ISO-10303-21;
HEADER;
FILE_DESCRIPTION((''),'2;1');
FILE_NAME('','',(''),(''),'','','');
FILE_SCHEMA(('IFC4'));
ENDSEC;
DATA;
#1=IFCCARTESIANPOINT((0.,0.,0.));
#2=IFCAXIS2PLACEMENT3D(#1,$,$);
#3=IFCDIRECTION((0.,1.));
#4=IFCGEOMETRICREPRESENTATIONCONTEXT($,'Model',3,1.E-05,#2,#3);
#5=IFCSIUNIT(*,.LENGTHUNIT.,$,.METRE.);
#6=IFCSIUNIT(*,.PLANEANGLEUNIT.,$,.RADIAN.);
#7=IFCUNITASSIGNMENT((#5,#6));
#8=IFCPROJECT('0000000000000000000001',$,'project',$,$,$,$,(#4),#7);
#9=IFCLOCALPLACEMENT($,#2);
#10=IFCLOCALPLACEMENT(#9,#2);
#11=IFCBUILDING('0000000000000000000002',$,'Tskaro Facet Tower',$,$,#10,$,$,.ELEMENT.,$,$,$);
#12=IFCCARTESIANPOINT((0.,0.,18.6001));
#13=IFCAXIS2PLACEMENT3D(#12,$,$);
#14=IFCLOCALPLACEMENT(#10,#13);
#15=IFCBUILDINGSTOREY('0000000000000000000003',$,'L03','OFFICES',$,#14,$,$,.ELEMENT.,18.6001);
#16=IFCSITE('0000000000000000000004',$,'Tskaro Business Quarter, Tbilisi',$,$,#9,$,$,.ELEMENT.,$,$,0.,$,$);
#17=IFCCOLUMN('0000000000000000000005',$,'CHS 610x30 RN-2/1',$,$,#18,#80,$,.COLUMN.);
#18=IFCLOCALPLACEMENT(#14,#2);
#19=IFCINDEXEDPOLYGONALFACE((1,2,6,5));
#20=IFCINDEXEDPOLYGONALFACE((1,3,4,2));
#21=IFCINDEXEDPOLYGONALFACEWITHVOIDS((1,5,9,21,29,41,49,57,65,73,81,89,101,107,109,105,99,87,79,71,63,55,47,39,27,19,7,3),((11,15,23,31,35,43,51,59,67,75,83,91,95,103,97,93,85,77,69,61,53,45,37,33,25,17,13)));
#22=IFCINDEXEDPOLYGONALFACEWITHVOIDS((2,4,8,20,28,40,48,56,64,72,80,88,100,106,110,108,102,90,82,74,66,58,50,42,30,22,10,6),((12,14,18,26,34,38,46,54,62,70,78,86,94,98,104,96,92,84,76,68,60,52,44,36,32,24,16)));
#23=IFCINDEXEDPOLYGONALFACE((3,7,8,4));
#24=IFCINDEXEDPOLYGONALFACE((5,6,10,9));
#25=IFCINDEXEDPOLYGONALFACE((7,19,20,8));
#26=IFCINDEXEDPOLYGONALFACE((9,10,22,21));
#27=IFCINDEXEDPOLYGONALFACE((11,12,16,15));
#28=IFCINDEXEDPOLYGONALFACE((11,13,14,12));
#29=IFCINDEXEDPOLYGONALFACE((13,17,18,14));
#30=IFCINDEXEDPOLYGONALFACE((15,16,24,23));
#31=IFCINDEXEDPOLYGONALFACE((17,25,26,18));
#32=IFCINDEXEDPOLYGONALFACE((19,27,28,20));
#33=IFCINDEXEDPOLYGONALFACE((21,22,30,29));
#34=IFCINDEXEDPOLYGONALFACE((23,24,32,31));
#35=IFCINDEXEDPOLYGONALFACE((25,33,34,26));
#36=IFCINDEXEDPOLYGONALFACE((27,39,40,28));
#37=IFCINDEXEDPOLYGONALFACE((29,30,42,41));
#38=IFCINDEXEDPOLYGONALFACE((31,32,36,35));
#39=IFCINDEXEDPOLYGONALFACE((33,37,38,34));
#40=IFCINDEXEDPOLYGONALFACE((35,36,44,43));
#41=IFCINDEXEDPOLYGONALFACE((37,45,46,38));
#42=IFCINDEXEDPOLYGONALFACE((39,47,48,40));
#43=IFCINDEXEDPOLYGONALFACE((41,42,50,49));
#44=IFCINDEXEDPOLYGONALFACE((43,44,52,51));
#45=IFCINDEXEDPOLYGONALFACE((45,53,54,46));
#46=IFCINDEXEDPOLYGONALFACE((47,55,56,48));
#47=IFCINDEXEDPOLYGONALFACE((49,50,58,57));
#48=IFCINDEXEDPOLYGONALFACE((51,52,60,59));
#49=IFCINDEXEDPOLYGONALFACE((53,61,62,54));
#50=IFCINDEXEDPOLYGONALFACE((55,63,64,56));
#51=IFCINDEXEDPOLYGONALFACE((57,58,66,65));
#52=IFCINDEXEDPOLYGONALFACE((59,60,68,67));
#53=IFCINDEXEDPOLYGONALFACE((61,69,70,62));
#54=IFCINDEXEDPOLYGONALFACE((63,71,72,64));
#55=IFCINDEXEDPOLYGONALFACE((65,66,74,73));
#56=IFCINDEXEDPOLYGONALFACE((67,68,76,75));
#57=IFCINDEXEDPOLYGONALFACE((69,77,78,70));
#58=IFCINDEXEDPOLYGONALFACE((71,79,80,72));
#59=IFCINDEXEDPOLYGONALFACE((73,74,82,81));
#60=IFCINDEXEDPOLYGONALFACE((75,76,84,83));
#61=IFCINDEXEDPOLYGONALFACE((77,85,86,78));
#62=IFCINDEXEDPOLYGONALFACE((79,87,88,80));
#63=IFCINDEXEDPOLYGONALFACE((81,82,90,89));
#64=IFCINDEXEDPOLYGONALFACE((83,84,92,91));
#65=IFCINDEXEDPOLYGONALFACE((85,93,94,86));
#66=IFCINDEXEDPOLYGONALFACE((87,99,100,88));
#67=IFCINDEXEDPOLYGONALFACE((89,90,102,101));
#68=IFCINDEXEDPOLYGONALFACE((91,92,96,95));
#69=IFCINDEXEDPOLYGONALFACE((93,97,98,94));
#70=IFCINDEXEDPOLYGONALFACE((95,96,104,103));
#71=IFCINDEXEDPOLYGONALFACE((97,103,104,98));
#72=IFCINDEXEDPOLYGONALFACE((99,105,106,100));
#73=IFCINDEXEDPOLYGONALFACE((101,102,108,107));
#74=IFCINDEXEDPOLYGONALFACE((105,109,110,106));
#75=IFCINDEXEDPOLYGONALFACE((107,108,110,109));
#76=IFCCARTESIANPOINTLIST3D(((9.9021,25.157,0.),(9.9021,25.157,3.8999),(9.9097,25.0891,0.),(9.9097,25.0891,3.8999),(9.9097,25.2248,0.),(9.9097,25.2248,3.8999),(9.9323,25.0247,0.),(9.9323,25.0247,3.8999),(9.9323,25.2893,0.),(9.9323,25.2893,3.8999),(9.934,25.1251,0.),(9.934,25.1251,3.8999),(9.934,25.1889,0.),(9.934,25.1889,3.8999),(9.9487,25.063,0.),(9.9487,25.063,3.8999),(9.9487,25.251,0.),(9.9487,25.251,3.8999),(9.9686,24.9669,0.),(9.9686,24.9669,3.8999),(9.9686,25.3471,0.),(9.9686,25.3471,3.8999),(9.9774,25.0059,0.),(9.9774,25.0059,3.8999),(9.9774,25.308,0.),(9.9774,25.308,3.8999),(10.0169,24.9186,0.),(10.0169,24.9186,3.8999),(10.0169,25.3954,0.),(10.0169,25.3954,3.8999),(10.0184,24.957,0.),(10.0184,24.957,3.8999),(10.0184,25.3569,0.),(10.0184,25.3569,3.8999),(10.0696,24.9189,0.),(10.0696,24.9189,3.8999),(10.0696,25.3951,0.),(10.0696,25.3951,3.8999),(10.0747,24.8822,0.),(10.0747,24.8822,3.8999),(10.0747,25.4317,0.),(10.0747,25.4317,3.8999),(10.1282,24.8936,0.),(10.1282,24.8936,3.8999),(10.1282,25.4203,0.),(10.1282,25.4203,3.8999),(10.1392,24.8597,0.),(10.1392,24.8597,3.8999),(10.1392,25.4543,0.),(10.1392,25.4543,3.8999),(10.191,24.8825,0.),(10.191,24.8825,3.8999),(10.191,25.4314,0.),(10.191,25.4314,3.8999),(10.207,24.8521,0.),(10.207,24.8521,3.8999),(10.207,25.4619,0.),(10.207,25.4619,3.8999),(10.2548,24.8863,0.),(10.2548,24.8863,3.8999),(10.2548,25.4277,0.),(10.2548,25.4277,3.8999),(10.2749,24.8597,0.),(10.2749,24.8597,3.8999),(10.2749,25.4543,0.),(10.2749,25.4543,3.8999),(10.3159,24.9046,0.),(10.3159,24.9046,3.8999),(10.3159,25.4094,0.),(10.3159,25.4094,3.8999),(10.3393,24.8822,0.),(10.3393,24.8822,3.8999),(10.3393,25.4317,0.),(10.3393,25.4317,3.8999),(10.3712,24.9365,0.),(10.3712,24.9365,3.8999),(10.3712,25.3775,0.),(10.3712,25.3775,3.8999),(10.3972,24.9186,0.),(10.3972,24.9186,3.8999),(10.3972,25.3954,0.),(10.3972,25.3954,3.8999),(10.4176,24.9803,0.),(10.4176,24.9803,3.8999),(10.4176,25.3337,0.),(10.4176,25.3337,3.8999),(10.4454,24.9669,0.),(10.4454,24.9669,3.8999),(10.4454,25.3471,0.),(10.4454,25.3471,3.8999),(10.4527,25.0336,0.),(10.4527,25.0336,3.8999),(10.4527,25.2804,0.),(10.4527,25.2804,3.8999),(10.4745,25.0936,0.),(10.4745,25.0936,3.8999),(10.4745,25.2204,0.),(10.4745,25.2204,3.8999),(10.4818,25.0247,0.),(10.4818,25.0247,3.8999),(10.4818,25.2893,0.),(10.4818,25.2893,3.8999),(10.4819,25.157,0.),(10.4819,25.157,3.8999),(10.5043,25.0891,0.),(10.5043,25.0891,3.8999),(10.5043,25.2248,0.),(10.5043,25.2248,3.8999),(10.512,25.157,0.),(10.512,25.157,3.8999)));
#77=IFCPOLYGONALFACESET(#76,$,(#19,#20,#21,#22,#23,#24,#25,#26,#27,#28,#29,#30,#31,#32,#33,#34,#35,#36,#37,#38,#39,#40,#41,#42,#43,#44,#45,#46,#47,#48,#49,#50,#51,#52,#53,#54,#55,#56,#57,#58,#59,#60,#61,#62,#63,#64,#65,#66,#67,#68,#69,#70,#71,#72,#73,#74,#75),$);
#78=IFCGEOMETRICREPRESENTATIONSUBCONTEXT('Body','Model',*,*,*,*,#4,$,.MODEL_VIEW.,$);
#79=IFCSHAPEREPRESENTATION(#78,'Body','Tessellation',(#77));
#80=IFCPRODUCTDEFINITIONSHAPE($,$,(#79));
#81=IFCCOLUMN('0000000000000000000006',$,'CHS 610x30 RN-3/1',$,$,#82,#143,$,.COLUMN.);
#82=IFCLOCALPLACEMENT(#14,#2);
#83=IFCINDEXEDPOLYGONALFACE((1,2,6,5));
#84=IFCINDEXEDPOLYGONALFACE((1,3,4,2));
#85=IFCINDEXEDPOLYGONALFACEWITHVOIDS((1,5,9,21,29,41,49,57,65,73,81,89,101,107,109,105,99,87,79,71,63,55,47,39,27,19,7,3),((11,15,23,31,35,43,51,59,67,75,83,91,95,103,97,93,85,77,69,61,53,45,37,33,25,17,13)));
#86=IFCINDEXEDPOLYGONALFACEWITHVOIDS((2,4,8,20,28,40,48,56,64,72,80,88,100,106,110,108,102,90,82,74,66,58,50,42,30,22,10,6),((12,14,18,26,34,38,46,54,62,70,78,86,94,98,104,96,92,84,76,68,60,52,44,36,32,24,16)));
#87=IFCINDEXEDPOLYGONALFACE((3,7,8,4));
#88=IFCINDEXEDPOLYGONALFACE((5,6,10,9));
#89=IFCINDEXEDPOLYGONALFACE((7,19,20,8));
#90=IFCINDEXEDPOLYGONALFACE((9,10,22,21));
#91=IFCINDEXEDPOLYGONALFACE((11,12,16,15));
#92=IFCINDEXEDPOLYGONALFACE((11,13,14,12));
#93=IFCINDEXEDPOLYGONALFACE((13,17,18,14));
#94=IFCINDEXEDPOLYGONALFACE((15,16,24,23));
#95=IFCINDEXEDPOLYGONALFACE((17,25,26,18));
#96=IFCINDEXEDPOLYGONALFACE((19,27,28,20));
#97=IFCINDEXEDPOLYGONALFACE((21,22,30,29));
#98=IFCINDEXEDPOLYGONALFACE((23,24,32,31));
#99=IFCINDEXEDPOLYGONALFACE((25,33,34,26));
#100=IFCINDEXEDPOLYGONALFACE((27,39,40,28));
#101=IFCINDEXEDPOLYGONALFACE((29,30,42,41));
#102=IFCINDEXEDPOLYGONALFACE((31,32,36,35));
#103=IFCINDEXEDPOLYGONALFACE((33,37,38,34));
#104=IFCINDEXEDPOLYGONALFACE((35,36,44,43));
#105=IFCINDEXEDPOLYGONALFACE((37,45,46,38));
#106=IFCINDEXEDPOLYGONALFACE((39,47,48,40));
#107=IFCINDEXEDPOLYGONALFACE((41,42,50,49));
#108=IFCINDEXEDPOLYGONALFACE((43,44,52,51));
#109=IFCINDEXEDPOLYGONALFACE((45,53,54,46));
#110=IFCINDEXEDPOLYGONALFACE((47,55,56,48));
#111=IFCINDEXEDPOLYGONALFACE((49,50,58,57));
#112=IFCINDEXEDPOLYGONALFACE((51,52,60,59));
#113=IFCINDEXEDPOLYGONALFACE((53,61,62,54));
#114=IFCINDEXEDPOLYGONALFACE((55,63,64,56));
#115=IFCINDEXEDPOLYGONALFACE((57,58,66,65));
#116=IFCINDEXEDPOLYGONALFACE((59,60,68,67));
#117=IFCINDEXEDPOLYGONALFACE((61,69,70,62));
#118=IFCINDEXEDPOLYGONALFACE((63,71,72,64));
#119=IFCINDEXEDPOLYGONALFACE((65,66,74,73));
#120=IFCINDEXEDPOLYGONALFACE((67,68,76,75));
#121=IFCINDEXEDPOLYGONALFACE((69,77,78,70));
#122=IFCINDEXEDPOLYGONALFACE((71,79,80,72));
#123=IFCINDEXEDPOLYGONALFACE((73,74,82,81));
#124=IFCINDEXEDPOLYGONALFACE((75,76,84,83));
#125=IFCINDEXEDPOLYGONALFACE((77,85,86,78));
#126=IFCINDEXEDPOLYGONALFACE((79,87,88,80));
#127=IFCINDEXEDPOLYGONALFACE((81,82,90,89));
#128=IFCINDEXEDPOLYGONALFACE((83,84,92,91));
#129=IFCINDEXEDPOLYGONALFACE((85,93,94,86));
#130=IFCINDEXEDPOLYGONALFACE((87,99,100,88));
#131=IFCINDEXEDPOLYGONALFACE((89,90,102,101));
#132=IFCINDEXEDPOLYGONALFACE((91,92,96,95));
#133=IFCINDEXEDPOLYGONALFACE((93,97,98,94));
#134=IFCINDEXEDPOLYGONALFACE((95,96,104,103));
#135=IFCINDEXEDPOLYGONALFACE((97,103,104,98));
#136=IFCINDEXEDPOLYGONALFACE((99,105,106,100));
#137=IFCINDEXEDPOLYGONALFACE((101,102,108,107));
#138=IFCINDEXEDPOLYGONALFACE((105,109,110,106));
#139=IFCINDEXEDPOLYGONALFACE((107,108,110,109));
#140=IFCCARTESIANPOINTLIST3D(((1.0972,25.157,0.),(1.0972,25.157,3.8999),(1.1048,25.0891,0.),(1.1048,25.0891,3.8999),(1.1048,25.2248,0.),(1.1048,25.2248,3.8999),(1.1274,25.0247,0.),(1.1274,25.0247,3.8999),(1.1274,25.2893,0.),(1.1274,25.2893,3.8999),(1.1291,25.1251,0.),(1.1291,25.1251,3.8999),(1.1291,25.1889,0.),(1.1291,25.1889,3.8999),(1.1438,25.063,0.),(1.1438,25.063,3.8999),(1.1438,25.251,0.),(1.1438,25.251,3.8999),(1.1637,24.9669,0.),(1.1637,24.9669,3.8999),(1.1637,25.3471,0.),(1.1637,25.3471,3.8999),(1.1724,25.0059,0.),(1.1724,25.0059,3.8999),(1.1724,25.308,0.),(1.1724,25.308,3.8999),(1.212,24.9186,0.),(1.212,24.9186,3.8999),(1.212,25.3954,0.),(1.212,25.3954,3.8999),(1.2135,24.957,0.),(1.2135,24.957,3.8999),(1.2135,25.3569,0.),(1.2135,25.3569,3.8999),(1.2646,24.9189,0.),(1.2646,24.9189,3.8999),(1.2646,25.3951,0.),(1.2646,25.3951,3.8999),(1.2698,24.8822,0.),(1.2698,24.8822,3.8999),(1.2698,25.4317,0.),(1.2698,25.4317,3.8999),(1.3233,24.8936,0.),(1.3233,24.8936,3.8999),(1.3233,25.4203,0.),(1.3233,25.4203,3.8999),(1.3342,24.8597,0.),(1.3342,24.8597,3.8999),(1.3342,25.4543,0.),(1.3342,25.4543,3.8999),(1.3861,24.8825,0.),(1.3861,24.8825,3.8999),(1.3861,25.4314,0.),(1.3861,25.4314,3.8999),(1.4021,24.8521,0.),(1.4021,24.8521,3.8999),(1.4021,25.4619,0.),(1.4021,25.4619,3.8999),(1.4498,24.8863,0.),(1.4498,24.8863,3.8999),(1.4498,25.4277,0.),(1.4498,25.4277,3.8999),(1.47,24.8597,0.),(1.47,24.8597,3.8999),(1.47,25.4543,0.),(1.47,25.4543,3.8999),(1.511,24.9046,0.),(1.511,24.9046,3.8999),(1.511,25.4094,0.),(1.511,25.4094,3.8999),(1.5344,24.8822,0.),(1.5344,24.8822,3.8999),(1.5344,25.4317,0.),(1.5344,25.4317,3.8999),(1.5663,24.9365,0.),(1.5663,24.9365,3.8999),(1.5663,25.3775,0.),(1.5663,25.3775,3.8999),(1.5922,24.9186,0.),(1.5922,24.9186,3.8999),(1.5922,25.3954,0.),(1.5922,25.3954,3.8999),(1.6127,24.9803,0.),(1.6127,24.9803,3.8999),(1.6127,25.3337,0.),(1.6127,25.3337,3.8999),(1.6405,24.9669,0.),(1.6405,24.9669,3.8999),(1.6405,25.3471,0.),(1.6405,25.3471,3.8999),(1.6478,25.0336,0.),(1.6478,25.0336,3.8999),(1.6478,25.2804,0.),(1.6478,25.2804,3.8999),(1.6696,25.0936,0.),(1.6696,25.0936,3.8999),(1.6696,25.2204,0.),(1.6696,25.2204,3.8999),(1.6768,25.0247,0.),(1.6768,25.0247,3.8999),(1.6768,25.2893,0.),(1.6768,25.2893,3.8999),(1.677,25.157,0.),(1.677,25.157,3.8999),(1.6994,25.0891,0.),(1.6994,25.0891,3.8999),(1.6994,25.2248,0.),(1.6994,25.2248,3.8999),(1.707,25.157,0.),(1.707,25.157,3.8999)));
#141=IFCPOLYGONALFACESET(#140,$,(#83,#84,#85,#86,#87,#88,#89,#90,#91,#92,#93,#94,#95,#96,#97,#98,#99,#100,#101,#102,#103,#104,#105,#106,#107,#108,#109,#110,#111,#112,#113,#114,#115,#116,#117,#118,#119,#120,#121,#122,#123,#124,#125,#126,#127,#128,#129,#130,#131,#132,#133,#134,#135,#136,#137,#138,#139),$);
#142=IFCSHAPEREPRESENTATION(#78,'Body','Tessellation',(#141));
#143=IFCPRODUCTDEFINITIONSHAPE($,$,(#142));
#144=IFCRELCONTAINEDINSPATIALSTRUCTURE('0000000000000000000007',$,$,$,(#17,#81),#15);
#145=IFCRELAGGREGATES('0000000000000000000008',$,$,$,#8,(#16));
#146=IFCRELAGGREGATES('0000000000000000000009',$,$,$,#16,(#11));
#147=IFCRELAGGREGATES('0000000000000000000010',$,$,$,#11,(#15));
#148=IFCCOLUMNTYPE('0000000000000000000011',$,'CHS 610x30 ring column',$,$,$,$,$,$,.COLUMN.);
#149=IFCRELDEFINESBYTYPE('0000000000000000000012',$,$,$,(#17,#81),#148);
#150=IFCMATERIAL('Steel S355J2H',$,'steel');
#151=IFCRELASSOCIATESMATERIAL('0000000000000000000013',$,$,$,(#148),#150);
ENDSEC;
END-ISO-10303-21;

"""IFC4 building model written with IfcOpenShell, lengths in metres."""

from ifc_helpers import new_model, si_unit, direction, frame, origin, origin_2d, place, context, subcontext, project, spatial, hollow_circle, extrude, material, material_profile, profile_set, type_object, element, save


model = new_model("IFC4")

# Units and contexts
model_context = context("Model", 3, precision=1e-05, world=origin(), true_north=direction((0.0, 1.0)))
body_context = subcontext(model_context, "Body", "Model", "MODEL_VIEW")
ifc_project = project(units=[si_unit("LENGTHUNIT", "METRE"), si_unit("PLANEANGLEUNIT", "RADIAN")], contexts=[model_context])

# Site, building, storey
site_placement = place(None, origin())
site = spatial("IfcSite", under=ifc_project, at=site_placement, Name="Tskaro Business Quarter, Tbilisi", CompositionType="ELEMENT", RefElevation=0.0)
building_placement = place(site_placement, origin())
building = spatial("IfcBuilding", under=site, at=building_placement, Name="Tskaro Facet Tower", CompositionType="ELEMENT")
storey_placement = place(building_placement, frame((0.0, 0.0, 18.6001)))
storey = spatial("IfcBuildingStorey", under=building, at=storey_placement, Name="L03", Description="OFFICES", CompositionType="ELEMENT", Elevation=18.6001)

# Columns
ifc_material_1 = material(Name="Steel S355J2H", Category="steel")
ifc_material_profile_1 = material_profile(ifc_material_1, hollow_circle(Radius=0.3049, WallThickness=0.03, at=origin_2d()), Name="CHS 610x30")
ifc_profile_set_1 = profile_set([ifc_material_profile_1], Name="Steel S355J2H")
column_type_1 = type_object("IfcColumnType", Name="CHS 610x30 ring column", PredefinedType="COLUMN", material=ifc_profile_set_1)
for number, where, z_axis, x_axis, name in (
    (1, (10.207, 25.157, 0.0), (0.0, 0.0, 1.0), (1.0, 0.0, 0.0), "CHS 610x30 RN-2/1"),
    (2, (1.4021, 25.157, 0.0), (0.0, 0.0, 1.0), (1.0, 0.0, 0.0), "CHS 610x30 RN-3/1"),
):
    element("IfcColumn", number, at=place(storey_placement, frame(where, z_axis=z_axis, x_axis=x_axis)), inside=storey, type_object=column_type_1, Name=name, PredefinedType="COLUMN", context=body_context, shape_type="SweptSolid", body=[
        extrude(hollow_circle(Radius=0.3049, WallThickness=0.03, at=origin_2d()), origin(), (0.0, 0.0, 1.0), 3.8999),
    ])

save(model, "model.ifc")
